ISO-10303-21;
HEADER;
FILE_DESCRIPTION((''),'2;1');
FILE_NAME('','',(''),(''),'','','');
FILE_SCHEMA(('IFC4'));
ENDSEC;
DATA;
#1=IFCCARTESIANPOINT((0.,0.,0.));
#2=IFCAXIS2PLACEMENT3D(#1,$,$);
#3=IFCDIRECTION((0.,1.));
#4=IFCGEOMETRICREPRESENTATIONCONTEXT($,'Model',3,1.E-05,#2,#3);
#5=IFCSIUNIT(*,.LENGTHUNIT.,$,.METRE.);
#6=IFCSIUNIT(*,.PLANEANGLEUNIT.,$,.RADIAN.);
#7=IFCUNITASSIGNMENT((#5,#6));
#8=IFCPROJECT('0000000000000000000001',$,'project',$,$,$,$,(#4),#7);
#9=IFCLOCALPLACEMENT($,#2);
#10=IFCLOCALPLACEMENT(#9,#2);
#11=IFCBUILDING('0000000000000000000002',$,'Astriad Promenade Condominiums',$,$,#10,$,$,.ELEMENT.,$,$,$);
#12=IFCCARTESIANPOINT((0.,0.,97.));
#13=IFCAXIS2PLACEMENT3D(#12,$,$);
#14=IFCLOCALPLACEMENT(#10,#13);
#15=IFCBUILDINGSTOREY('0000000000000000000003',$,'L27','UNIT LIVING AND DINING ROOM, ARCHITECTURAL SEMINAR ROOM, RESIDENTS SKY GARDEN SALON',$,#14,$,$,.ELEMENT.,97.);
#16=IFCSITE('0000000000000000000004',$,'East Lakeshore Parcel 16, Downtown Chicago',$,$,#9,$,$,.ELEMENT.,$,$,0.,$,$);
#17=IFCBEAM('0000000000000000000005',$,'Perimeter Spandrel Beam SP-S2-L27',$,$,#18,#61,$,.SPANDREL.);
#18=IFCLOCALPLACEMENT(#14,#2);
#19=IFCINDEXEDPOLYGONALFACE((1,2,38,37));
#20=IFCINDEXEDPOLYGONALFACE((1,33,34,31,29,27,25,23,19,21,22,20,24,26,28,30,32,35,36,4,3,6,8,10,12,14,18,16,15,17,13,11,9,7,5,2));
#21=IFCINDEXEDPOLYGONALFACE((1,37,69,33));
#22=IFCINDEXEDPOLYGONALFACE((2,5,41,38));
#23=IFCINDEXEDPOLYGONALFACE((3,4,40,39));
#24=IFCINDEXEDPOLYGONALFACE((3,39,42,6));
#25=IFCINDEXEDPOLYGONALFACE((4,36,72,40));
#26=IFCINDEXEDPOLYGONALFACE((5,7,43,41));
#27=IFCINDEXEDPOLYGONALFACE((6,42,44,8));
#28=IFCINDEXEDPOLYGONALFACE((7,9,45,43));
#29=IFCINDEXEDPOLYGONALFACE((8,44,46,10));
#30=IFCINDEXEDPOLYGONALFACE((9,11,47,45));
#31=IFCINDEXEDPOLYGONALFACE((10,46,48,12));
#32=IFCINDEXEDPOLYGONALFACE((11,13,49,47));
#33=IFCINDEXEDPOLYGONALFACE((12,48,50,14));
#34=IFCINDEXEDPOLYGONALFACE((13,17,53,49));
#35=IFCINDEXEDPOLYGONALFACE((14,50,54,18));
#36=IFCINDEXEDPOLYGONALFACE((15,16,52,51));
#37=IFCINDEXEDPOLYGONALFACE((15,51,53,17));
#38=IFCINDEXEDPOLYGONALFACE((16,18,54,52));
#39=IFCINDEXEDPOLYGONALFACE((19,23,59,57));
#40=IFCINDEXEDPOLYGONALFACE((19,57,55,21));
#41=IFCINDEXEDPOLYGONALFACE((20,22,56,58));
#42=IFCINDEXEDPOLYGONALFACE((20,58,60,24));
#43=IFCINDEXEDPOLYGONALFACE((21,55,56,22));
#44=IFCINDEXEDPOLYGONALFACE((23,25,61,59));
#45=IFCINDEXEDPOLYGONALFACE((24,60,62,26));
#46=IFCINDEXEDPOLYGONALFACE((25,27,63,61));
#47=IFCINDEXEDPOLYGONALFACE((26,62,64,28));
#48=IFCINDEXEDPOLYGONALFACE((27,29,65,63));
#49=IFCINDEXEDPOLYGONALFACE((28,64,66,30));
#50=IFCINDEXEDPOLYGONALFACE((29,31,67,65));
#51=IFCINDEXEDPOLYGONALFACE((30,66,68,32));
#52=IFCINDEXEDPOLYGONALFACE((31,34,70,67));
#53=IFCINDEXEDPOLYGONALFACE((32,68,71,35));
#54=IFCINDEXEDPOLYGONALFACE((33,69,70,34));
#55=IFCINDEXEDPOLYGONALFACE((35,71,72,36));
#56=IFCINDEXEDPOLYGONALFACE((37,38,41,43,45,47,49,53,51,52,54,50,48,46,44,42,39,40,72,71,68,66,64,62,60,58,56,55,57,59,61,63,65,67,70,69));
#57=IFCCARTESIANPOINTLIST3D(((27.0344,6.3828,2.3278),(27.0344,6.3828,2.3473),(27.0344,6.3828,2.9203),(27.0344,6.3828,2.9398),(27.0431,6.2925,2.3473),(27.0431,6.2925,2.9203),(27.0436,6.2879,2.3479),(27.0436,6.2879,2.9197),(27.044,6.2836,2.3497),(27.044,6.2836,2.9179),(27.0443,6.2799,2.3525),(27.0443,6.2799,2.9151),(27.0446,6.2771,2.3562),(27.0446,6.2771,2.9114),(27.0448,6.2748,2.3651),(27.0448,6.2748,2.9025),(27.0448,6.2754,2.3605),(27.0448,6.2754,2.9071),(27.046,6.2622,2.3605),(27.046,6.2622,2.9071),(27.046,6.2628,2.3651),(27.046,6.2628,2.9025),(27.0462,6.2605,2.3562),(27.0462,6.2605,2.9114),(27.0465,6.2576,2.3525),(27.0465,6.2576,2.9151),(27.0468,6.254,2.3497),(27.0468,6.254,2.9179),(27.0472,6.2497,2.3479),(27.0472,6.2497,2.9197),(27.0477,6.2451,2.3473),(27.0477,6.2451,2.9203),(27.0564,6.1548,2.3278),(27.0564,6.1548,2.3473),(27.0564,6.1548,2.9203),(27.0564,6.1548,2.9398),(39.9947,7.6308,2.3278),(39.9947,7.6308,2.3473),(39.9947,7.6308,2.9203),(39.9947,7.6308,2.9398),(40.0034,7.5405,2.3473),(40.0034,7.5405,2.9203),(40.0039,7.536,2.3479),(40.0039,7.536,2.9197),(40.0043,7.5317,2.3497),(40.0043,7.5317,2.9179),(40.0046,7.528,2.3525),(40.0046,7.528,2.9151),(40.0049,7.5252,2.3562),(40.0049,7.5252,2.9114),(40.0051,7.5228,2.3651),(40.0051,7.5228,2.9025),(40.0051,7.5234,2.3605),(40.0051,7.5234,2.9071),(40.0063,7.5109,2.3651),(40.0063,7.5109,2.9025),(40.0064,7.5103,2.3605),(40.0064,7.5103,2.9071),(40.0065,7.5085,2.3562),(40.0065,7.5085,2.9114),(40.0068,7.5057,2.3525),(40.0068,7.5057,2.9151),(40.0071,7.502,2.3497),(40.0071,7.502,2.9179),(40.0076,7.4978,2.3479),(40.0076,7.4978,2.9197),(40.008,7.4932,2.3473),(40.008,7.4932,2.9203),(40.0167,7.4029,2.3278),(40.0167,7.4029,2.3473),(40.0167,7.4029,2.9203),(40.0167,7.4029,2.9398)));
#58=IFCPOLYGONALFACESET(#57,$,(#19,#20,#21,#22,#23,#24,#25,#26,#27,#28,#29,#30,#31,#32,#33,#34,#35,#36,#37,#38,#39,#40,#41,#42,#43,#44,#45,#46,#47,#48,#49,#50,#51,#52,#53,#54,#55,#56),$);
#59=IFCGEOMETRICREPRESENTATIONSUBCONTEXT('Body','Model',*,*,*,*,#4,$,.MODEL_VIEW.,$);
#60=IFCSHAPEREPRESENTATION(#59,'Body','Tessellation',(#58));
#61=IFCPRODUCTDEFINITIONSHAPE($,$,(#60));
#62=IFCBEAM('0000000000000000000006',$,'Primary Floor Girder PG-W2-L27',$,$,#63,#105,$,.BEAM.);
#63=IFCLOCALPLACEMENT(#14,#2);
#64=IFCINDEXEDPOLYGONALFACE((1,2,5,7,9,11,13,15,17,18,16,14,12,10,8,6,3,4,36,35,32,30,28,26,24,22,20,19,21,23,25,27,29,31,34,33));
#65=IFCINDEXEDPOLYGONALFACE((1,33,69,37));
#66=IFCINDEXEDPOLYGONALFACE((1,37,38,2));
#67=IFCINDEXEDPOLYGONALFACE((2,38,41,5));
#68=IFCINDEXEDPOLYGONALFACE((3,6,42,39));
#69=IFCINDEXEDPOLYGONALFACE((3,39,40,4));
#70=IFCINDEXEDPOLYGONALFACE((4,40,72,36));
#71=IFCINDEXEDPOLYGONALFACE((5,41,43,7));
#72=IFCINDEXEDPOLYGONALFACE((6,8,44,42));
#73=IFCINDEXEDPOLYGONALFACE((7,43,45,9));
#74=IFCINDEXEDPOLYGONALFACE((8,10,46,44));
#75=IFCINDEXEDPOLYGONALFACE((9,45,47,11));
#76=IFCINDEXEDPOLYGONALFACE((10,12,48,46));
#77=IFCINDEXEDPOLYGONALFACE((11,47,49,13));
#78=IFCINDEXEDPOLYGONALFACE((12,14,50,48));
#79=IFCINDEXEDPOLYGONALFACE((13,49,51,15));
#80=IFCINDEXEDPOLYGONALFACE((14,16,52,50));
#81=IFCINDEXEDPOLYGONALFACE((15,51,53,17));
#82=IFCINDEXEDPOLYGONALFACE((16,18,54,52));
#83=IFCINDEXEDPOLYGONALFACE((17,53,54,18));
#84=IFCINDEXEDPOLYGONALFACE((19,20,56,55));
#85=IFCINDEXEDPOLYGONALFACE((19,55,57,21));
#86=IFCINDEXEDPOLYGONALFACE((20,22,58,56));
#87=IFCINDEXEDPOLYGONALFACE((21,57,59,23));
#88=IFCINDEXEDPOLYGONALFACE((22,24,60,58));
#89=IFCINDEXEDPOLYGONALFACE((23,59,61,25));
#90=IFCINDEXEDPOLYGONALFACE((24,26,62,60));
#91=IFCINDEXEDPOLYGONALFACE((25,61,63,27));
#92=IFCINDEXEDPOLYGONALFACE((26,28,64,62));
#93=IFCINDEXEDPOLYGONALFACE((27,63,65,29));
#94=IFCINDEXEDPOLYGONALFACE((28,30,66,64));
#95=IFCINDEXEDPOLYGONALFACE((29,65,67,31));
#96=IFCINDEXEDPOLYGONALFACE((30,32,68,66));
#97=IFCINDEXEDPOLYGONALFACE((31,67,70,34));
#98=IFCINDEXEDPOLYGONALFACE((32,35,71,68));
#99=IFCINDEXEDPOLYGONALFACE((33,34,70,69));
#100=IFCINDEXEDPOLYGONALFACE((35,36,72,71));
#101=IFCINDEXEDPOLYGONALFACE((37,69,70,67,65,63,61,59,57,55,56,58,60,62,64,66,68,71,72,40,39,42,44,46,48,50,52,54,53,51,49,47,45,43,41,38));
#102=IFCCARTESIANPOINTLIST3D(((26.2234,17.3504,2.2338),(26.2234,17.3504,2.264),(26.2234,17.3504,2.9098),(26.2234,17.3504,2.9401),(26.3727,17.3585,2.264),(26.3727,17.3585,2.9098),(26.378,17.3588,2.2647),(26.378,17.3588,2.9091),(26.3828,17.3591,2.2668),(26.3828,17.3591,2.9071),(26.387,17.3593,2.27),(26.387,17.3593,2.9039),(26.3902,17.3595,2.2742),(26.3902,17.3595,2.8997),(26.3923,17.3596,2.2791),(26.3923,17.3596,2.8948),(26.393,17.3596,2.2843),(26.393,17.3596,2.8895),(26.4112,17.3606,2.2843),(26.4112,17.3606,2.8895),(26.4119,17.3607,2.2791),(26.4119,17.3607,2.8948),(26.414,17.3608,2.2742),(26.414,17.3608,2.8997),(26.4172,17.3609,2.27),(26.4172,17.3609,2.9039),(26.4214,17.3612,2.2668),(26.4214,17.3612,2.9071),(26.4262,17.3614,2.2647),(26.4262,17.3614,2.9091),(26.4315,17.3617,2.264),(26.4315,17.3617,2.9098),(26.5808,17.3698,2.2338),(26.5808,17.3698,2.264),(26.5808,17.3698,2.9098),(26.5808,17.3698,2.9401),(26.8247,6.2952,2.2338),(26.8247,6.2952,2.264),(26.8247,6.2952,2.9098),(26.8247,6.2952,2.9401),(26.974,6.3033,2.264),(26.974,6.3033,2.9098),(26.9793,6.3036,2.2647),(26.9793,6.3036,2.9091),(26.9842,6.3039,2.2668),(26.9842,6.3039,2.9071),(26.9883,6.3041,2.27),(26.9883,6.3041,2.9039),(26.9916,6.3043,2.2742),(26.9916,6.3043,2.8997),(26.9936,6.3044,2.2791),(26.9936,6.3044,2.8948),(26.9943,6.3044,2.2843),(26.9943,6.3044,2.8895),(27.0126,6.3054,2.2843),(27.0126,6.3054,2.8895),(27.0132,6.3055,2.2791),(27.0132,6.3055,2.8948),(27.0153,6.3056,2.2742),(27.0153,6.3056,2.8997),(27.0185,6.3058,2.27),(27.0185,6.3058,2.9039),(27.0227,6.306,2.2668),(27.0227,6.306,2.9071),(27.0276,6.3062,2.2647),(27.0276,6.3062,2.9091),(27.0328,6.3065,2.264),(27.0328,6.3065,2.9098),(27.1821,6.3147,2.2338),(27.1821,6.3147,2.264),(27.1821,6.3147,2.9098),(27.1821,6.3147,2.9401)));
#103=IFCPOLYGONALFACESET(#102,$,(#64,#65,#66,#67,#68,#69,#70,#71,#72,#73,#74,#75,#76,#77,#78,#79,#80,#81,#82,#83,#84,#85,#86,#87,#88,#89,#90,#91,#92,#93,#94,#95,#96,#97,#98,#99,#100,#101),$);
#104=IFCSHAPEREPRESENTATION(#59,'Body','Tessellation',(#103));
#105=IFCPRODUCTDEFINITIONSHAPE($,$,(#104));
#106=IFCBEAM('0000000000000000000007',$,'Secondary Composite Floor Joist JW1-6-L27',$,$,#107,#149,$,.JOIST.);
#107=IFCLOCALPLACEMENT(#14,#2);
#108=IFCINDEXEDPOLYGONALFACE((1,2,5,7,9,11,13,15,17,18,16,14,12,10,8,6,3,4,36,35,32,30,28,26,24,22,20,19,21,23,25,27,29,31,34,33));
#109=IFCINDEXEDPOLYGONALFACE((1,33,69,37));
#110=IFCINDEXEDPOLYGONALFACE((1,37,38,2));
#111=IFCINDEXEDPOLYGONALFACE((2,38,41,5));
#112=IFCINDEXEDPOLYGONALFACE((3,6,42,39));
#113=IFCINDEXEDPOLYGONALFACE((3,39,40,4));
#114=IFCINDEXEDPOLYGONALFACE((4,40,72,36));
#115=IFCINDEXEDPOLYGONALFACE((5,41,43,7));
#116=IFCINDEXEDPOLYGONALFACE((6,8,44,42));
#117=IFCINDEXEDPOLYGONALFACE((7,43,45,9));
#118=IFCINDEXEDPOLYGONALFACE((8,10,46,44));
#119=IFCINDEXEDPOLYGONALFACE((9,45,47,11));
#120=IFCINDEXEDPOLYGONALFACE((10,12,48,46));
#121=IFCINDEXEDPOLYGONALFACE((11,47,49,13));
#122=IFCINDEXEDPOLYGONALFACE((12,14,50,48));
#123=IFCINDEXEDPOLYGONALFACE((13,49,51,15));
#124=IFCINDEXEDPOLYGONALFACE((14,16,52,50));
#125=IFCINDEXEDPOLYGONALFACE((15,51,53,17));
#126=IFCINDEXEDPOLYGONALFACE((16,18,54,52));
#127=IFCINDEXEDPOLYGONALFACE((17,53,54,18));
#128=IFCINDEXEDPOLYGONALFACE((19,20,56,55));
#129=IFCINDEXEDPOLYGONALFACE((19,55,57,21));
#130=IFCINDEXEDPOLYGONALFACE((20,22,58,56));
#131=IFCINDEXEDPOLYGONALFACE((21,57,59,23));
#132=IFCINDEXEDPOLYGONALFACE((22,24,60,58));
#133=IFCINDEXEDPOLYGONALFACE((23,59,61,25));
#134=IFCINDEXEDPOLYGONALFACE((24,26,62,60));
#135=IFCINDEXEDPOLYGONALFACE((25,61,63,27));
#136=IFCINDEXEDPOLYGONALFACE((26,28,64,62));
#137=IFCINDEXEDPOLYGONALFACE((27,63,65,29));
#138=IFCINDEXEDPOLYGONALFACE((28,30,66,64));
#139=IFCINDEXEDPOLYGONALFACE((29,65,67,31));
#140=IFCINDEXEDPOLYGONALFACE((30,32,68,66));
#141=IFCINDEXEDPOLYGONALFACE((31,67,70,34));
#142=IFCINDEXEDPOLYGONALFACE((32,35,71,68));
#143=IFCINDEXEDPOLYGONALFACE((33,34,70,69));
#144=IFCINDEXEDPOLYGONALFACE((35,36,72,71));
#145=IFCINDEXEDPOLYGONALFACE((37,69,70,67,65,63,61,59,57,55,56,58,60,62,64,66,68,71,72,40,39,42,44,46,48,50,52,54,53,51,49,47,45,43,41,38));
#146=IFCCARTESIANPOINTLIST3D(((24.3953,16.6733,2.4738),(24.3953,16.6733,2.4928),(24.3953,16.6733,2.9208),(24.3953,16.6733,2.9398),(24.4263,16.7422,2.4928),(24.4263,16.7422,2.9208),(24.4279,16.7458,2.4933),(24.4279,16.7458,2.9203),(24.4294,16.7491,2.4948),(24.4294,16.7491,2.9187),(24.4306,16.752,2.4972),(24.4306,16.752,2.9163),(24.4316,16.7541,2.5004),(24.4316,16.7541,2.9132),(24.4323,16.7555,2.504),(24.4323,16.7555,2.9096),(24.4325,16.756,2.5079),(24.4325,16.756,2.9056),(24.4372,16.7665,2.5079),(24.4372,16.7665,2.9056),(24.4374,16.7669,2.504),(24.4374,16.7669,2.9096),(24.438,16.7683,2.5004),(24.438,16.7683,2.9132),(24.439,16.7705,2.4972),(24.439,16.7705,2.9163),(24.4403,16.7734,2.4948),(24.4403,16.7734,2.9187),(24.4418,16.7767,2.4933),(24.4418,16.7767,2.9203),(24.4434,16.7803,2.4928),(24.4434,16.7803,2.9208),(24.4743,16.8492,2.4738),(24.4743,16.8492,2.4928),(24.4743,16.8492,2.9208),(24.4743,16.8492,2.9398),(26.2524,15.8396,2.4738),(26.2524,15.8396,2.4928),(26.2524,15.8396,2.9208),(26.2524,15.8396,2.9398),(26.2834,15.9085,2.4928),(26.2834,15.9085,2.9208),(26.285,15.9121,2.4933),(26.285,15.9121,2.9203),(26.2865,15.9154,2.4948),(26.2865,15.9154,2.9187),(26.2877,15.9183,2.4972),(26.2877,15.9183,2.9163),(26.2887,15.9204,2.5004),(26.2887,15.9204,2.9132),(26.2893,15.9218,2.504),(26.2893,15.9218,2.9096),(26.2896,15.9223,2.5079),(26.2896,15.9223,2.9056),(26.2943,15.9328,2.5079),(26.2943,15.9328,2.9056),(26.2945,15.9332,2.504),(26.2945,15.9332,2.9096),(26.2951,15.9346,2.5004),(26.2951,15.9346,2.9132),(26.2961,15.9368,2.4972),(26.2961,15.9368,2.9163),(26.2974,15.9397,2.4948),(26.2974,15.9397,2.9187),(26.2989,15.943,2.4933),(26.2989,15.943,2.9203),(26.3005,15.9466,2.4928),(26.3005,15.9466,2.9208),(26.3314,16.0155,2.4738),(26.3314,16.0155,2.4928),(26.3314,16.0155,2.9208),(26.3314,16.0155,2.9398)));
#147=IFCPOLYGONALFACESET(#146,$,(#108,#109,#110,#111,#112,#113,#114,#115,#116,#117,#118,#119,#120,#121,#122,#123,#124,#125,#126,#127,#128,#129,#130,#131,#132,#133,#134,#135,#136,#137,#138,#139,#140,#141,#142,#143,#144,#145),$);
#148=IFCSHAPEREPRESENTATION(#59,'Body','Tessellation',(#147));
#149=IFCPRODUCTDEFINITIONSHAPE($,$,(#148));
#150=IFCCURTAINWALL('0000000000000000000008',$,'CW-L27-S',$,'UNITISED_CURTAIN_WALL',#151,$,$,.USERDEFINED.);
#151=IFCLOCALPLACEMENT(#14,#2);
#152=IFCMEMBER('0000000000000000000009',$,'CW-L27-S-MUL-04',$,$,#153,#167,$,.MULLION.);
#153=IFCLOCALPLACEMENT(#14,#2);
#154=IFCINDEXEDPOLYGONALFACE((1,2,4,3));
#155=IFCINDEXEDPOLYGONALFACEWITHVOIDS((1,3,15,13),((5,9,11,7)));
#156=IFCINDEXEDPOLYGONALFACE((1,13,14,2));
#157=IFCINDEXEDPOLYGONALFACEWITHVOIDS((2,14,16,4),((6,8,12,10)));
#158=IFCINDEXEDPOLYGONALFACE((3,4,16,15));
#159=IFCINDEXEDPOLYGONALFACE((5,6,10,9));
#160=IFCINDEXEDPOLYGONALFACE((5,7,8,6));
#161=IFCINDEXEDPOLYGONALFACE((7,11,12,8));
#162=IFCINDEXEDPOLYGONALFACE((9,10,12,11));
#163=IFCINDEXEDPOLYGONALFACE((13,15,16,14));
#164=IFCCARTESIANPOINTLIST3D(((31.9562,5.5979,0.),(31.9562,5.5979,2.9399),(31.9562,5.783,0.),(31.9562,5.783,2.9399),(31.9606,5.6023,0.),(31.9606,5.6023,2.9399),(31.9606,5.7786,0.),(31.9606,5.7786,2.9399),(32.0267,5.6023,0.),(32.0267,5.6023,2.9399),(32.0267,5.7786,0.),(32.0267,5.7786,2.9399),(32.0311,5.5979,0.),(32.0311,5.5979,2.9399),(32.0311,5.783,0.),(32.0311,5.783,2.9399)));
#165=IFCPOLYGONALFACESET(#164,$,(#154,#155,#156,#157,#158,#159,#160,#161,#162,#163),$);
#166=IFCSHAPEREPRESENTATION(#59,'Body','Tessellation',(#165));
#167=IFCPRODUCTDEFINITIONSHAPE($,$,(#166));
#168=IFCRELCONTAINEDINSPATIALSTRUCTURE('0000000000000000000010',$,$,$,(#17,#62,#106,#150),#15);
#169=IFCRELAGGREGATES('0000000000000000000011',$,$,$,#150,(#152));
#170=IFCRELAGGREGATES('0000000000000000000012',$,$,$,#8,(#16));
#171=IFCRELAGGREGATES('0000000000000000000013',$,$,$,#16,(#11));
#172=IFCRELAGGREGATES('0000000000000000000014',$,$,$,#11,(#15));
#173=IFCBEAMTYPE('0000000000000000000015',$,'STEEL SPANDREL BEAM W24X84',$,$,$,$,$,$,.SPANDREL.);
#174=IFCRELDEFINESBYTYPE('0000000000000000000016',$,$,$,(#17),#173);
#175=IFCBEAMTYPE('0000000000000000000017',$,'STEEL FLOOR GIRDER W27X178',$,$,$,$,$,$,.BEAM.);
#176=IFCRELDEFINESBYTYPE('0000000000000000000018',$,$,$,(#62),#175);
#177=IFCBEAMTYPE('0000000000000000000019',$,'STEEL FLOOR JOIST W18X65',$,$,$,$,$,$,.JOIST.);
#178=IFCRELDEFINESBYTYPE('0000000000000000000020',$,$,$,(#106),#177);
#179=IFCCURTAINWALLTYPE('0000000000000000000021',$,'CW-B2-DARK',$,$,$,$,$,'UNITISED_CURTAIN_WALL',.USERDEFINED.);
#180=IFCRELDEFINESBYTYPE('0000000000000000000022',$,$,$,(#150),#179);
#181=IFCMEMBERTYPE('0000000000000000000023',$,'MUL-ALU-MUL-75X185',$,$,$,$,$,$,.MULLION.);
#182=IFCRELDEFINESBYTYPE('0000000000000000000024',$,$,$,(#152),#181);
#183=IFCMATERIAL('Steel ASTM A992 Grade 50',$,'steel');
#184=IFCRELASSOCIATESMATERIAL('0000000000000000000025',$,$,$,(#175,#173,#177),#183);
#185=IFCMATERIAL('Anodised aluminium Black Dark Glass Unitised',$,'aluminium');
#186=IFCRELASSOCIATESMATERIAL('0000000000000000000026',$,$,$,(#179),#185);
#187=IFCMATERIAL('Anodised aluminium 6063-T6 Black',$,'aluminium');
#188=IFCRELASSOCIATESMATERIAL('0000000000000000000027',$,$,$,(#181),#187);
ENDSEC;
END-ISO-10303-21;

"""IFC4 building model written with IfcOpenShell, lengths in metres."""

from ifc_helpers import new_model, si_unit, direction, frame, origin, origin_2d, place, context, subcontext, project, spatial, hollow_rectangle, i_section, extrude, source, transform, mapped, material, material_profile, profile_set, type_object, type_shapes, element, aggregate, save


model = new_model("IFC4")

# Units and contexts
model_context = context("Model", 3, precision=1e-05, world=origin(), true_north=direction((0.0, 1.0)))
body_context = subcontext(model_context, "Body", "Model", "MODEL_VIEW")
ifc_project = project(units=[si_unit("LENGTHUNIT", "METRE"), si_unit("PLANEANGLEUNIT", "RADIAN")], contexts=[model_context])

# Site, building, storey
site_placement = place(None, origin())
site = spatial("IfcSite", under=ifc_project, at=site_placement, Name="East Lakeshore Parcel 16, Downtown Chicago", CompositionType="ELEMENT", RefElevation=0.0)
building_placement = place(site_placement, origin())
building = spatial("IfcBuilding", under=site, at=building_placement, Name="Astriad Promenade Condominiums", CompositionType="ELEMENT")
storey_placement = place(building_placement, frame((0.0, 0.0, 97.0)))
storey = spatial("IfcBuildingStorey", under=building, at=storey_placement, Name="L27", Description="UNIT LIVING AND DINING ROOM, ARCHITECTURAL SEMINAR ROOM, RESIDENTS SKY GARDEN SALON", CompositionType="ELEMENT", Elevation=97.0)

# Shared definitions
ifc_material_1 = material(Name="Steel ASTM A992 Grade 50", Category="steel")

# Beams
ifc_material_profile_1 = material_profile(ifc_material_1, i_section(OverallWidth=0.3579, OverallDepth=0.7063, WebThickness=0.0183, FlangeThickness=0.0303, FilletRadius=0.0203, at=origin_2d()), Name="W27X178")
ifc_profile_set_1 = profile_set([ifc_material_profile_1], Name="Steel ASTM A992 Grade 50")
beam_type_1 = type_object("IfcBeamType", Name="STEEL FLOOR GIRDER W27X178", PredefinedType="BEAM", material=ifc_profile_set_1)
ifc_material_profile_2 = material_profile(ifc_material_1, i_section(OverallWidth=0.229, OverallDepth=0.6121, WebThickness=0.012, FlangeThickness=0.0195, FilletRadius=0.0178, at=origin_2d()), Name="W24X84")
ifc_profile_set_2 = profile_set([ifc_material_profile_2], Name="Steel ASTM A992 Grade 50")
beam_type_2 = type_object("IfcBeamType", Name="STEEL SPANDREL BEAM W24X84", PredefinedType="SPANDREL", material=ifc_profile_set_2)
shared_shape_1 = source(origin(), body_context, "Body", "SweptSolid", [
    extrude(i_section(OverallWidth=0.229, OverallDepth=0.6121, WebThickness=0.012, FlangeThickness=0.0195, FilletRadius=0.0178, at=origin_2d()), origin(), (0.0, 0.0, 1.0), 13.0203),
])
type_shapes(beam_type_2, [shared_shape_1])
beam_1_placement = place(storey_placement, frame((27.0454, 6.2688, 2.6338), z_axis=(0.995395, 0.095855, 0.0), x_axis=(-0.095855, 0.995395, 0.0)))
element("IfcBeam", 1, at=beam_1_placement, inside=storey, type_object=beam_type_2, Name="Perimeter Spandrel Beam SP-S2-L27", PredefinedType="SPANDREL", context=body_context, shape_type="MappedRepresentation", body=[
    mapped(shared_shape_1, transform((0.0, 0.0, 0.0), scale=1.0)),
])
shared_shape_2 = source(origin(), body_context, "Body", "SweptSolid", [
    extrude(i_section(OverallWidth=0.3579, OverallDepth=0.7063, WebThickness=0.0183, FlangeThickness=0.0303, FilletRadius=0.0203, at=origin_2d()), origin(), (0.0, 0.0, 1.0), 11.0715),
])
beam_2_placement = place(storey_placement, frame((27.0034, 6.3049, 2.5869), z_axis=(-0.054312, 0.998524, 0.0), x_axis=(-0.998524, -0.054312, 0.0)))
element("IfcBeam", 2, at=beam_2_placement, inside=storey, type_object=beam_type_1, Name="Primary Floor Girder PG-W2-L27", PredefinedType="BEAM", context=body_context, shape_type="MappedRepresentation", body=[
    mapped(shared_shape_2, transform((0.0, 0.0, 0.0), scale=1.0)),
])
ifc_material_profile_3 = material_profile(ifc_material_1, i_section(OverallWidth=0.1929, OverallDepth=0.4661, WebThickness=0.0115, FlangeThickness=0.019, FilletRadius=0.0151, at=origin_2d()), Name="W18X65")
ifc_profile_set_3 = profile_set([ifc_material_profile_3], Name="Steel ASTM A992 Grade 50")
beam_type_3 = type_object("IfcBeamType", Name="STEEL FLOOR JOIST W18X65", PredefinedType="JOIST", material=ifc_profile_set_3)
shared_shape_3 = source(origin(), body_context, "Body", "SweptSolid", [
    extrude(i_section(OverallWidth=0.1929, OverallDepth=0.4661, WebThickness=0.0115, FlangeThickness=0.019, FilletRadius=0.0151, at=origin_2d()), origin(), (0.0, 0.0, 1.0), 2.0356),
])
type_shapes(beam_type_3, [shared_shape_3])
beam_3_placement = place(storey_placement, frame((24.4348, 16.7612, 2.7068), z_axis=(0.912287, -0.409552, 0.0), x_axis=(0.409552, 0.912287, 0.0)))
element("IfcBeam", 3, at=beam_3_placement, inside=storey, type_object=beam_type_3, Name="Secondary Composite Floor Joist JW1-6-L27", PredefinedType="JOIST", context=body_context, shape_type="MappedRepresentation", body=[
    mapped(shared_shape_3, transform((0.0, 0.0, 0.0), scale=1.0)),
])

# Curtain wall, member
ifc_material_2 = material(Name="Anodised aluminium Black Dark Glass Unitised", Category="aluminium")
curtain_wall_type = type_object("IfcCurtainWallType", Name="CW-B2-DARK", ElementType="UNITISED_CURTAIN_WALL", PredefinedType="USERDEFINED", material=ifc_material_2)
curtain_wall_placement = place(storey_placement, origin())
curtain_wall = element("IfcCurtainWall", 4, at=curtain_wall_placement, inside=storey, type_object=curtain_wall_type, Name="CW-L27-S", ObjectType="UNITISED_CURTAIN_WALL", PredefinedType="USERDEFINED")
ifc_material_3 = material(Name="Anodised aluminium 6063-T6 Black", Category="aluminium")
ifc_material_profile_4 = material_profile(ifc_material_3, hollow_rectangle(XDim=0.075, YDim=0.1851, WallThickness=0.0044, at=origin_2d()), Name="ALU-MUL-75X185")
ifc_profile_set_4 = profile_set([ifc_material_profile_4], Name="Anodised aluminium 6063-T6 Black")
member_type = type_object("IfcMemberType", Name="MUL-ALU-MUL-75X185", PredefinedType="MULLION", material=ifc_profile_set_4)
shared_shape_4 = source(origin(), body_context, "Body", "SweptSolid", [
    extrude(hollow_rectangle(XDim=0.075, YDim=0.1851, WallThickness=0.0044, at=origin_2d()), origin(), (0.0, 0.0, 1.0), 2.9399),
])
type_shapes(member_type, [shared_shape_4])
member_placement = place(storey_placement, frame((31.9937, 5.6904, 0.0), z_axis=(0.0, 0.0, 1.0), x_axis=(1.0, 0.0, 0.0)))
member = element("IfcMember", 5, at=member_placement, type_object=member_type, Name="CW-L27-S-MUL-04", PredefinedType="MULLION", context=body_context, shape_type="MappedRepresentation", body=[
    mapped(shared_shape_4, transform((0.0, 0.0, 0.0), scale=1.0)),
])
aggregate(curtain_wall, [member])

save(model, "model.ifc")
